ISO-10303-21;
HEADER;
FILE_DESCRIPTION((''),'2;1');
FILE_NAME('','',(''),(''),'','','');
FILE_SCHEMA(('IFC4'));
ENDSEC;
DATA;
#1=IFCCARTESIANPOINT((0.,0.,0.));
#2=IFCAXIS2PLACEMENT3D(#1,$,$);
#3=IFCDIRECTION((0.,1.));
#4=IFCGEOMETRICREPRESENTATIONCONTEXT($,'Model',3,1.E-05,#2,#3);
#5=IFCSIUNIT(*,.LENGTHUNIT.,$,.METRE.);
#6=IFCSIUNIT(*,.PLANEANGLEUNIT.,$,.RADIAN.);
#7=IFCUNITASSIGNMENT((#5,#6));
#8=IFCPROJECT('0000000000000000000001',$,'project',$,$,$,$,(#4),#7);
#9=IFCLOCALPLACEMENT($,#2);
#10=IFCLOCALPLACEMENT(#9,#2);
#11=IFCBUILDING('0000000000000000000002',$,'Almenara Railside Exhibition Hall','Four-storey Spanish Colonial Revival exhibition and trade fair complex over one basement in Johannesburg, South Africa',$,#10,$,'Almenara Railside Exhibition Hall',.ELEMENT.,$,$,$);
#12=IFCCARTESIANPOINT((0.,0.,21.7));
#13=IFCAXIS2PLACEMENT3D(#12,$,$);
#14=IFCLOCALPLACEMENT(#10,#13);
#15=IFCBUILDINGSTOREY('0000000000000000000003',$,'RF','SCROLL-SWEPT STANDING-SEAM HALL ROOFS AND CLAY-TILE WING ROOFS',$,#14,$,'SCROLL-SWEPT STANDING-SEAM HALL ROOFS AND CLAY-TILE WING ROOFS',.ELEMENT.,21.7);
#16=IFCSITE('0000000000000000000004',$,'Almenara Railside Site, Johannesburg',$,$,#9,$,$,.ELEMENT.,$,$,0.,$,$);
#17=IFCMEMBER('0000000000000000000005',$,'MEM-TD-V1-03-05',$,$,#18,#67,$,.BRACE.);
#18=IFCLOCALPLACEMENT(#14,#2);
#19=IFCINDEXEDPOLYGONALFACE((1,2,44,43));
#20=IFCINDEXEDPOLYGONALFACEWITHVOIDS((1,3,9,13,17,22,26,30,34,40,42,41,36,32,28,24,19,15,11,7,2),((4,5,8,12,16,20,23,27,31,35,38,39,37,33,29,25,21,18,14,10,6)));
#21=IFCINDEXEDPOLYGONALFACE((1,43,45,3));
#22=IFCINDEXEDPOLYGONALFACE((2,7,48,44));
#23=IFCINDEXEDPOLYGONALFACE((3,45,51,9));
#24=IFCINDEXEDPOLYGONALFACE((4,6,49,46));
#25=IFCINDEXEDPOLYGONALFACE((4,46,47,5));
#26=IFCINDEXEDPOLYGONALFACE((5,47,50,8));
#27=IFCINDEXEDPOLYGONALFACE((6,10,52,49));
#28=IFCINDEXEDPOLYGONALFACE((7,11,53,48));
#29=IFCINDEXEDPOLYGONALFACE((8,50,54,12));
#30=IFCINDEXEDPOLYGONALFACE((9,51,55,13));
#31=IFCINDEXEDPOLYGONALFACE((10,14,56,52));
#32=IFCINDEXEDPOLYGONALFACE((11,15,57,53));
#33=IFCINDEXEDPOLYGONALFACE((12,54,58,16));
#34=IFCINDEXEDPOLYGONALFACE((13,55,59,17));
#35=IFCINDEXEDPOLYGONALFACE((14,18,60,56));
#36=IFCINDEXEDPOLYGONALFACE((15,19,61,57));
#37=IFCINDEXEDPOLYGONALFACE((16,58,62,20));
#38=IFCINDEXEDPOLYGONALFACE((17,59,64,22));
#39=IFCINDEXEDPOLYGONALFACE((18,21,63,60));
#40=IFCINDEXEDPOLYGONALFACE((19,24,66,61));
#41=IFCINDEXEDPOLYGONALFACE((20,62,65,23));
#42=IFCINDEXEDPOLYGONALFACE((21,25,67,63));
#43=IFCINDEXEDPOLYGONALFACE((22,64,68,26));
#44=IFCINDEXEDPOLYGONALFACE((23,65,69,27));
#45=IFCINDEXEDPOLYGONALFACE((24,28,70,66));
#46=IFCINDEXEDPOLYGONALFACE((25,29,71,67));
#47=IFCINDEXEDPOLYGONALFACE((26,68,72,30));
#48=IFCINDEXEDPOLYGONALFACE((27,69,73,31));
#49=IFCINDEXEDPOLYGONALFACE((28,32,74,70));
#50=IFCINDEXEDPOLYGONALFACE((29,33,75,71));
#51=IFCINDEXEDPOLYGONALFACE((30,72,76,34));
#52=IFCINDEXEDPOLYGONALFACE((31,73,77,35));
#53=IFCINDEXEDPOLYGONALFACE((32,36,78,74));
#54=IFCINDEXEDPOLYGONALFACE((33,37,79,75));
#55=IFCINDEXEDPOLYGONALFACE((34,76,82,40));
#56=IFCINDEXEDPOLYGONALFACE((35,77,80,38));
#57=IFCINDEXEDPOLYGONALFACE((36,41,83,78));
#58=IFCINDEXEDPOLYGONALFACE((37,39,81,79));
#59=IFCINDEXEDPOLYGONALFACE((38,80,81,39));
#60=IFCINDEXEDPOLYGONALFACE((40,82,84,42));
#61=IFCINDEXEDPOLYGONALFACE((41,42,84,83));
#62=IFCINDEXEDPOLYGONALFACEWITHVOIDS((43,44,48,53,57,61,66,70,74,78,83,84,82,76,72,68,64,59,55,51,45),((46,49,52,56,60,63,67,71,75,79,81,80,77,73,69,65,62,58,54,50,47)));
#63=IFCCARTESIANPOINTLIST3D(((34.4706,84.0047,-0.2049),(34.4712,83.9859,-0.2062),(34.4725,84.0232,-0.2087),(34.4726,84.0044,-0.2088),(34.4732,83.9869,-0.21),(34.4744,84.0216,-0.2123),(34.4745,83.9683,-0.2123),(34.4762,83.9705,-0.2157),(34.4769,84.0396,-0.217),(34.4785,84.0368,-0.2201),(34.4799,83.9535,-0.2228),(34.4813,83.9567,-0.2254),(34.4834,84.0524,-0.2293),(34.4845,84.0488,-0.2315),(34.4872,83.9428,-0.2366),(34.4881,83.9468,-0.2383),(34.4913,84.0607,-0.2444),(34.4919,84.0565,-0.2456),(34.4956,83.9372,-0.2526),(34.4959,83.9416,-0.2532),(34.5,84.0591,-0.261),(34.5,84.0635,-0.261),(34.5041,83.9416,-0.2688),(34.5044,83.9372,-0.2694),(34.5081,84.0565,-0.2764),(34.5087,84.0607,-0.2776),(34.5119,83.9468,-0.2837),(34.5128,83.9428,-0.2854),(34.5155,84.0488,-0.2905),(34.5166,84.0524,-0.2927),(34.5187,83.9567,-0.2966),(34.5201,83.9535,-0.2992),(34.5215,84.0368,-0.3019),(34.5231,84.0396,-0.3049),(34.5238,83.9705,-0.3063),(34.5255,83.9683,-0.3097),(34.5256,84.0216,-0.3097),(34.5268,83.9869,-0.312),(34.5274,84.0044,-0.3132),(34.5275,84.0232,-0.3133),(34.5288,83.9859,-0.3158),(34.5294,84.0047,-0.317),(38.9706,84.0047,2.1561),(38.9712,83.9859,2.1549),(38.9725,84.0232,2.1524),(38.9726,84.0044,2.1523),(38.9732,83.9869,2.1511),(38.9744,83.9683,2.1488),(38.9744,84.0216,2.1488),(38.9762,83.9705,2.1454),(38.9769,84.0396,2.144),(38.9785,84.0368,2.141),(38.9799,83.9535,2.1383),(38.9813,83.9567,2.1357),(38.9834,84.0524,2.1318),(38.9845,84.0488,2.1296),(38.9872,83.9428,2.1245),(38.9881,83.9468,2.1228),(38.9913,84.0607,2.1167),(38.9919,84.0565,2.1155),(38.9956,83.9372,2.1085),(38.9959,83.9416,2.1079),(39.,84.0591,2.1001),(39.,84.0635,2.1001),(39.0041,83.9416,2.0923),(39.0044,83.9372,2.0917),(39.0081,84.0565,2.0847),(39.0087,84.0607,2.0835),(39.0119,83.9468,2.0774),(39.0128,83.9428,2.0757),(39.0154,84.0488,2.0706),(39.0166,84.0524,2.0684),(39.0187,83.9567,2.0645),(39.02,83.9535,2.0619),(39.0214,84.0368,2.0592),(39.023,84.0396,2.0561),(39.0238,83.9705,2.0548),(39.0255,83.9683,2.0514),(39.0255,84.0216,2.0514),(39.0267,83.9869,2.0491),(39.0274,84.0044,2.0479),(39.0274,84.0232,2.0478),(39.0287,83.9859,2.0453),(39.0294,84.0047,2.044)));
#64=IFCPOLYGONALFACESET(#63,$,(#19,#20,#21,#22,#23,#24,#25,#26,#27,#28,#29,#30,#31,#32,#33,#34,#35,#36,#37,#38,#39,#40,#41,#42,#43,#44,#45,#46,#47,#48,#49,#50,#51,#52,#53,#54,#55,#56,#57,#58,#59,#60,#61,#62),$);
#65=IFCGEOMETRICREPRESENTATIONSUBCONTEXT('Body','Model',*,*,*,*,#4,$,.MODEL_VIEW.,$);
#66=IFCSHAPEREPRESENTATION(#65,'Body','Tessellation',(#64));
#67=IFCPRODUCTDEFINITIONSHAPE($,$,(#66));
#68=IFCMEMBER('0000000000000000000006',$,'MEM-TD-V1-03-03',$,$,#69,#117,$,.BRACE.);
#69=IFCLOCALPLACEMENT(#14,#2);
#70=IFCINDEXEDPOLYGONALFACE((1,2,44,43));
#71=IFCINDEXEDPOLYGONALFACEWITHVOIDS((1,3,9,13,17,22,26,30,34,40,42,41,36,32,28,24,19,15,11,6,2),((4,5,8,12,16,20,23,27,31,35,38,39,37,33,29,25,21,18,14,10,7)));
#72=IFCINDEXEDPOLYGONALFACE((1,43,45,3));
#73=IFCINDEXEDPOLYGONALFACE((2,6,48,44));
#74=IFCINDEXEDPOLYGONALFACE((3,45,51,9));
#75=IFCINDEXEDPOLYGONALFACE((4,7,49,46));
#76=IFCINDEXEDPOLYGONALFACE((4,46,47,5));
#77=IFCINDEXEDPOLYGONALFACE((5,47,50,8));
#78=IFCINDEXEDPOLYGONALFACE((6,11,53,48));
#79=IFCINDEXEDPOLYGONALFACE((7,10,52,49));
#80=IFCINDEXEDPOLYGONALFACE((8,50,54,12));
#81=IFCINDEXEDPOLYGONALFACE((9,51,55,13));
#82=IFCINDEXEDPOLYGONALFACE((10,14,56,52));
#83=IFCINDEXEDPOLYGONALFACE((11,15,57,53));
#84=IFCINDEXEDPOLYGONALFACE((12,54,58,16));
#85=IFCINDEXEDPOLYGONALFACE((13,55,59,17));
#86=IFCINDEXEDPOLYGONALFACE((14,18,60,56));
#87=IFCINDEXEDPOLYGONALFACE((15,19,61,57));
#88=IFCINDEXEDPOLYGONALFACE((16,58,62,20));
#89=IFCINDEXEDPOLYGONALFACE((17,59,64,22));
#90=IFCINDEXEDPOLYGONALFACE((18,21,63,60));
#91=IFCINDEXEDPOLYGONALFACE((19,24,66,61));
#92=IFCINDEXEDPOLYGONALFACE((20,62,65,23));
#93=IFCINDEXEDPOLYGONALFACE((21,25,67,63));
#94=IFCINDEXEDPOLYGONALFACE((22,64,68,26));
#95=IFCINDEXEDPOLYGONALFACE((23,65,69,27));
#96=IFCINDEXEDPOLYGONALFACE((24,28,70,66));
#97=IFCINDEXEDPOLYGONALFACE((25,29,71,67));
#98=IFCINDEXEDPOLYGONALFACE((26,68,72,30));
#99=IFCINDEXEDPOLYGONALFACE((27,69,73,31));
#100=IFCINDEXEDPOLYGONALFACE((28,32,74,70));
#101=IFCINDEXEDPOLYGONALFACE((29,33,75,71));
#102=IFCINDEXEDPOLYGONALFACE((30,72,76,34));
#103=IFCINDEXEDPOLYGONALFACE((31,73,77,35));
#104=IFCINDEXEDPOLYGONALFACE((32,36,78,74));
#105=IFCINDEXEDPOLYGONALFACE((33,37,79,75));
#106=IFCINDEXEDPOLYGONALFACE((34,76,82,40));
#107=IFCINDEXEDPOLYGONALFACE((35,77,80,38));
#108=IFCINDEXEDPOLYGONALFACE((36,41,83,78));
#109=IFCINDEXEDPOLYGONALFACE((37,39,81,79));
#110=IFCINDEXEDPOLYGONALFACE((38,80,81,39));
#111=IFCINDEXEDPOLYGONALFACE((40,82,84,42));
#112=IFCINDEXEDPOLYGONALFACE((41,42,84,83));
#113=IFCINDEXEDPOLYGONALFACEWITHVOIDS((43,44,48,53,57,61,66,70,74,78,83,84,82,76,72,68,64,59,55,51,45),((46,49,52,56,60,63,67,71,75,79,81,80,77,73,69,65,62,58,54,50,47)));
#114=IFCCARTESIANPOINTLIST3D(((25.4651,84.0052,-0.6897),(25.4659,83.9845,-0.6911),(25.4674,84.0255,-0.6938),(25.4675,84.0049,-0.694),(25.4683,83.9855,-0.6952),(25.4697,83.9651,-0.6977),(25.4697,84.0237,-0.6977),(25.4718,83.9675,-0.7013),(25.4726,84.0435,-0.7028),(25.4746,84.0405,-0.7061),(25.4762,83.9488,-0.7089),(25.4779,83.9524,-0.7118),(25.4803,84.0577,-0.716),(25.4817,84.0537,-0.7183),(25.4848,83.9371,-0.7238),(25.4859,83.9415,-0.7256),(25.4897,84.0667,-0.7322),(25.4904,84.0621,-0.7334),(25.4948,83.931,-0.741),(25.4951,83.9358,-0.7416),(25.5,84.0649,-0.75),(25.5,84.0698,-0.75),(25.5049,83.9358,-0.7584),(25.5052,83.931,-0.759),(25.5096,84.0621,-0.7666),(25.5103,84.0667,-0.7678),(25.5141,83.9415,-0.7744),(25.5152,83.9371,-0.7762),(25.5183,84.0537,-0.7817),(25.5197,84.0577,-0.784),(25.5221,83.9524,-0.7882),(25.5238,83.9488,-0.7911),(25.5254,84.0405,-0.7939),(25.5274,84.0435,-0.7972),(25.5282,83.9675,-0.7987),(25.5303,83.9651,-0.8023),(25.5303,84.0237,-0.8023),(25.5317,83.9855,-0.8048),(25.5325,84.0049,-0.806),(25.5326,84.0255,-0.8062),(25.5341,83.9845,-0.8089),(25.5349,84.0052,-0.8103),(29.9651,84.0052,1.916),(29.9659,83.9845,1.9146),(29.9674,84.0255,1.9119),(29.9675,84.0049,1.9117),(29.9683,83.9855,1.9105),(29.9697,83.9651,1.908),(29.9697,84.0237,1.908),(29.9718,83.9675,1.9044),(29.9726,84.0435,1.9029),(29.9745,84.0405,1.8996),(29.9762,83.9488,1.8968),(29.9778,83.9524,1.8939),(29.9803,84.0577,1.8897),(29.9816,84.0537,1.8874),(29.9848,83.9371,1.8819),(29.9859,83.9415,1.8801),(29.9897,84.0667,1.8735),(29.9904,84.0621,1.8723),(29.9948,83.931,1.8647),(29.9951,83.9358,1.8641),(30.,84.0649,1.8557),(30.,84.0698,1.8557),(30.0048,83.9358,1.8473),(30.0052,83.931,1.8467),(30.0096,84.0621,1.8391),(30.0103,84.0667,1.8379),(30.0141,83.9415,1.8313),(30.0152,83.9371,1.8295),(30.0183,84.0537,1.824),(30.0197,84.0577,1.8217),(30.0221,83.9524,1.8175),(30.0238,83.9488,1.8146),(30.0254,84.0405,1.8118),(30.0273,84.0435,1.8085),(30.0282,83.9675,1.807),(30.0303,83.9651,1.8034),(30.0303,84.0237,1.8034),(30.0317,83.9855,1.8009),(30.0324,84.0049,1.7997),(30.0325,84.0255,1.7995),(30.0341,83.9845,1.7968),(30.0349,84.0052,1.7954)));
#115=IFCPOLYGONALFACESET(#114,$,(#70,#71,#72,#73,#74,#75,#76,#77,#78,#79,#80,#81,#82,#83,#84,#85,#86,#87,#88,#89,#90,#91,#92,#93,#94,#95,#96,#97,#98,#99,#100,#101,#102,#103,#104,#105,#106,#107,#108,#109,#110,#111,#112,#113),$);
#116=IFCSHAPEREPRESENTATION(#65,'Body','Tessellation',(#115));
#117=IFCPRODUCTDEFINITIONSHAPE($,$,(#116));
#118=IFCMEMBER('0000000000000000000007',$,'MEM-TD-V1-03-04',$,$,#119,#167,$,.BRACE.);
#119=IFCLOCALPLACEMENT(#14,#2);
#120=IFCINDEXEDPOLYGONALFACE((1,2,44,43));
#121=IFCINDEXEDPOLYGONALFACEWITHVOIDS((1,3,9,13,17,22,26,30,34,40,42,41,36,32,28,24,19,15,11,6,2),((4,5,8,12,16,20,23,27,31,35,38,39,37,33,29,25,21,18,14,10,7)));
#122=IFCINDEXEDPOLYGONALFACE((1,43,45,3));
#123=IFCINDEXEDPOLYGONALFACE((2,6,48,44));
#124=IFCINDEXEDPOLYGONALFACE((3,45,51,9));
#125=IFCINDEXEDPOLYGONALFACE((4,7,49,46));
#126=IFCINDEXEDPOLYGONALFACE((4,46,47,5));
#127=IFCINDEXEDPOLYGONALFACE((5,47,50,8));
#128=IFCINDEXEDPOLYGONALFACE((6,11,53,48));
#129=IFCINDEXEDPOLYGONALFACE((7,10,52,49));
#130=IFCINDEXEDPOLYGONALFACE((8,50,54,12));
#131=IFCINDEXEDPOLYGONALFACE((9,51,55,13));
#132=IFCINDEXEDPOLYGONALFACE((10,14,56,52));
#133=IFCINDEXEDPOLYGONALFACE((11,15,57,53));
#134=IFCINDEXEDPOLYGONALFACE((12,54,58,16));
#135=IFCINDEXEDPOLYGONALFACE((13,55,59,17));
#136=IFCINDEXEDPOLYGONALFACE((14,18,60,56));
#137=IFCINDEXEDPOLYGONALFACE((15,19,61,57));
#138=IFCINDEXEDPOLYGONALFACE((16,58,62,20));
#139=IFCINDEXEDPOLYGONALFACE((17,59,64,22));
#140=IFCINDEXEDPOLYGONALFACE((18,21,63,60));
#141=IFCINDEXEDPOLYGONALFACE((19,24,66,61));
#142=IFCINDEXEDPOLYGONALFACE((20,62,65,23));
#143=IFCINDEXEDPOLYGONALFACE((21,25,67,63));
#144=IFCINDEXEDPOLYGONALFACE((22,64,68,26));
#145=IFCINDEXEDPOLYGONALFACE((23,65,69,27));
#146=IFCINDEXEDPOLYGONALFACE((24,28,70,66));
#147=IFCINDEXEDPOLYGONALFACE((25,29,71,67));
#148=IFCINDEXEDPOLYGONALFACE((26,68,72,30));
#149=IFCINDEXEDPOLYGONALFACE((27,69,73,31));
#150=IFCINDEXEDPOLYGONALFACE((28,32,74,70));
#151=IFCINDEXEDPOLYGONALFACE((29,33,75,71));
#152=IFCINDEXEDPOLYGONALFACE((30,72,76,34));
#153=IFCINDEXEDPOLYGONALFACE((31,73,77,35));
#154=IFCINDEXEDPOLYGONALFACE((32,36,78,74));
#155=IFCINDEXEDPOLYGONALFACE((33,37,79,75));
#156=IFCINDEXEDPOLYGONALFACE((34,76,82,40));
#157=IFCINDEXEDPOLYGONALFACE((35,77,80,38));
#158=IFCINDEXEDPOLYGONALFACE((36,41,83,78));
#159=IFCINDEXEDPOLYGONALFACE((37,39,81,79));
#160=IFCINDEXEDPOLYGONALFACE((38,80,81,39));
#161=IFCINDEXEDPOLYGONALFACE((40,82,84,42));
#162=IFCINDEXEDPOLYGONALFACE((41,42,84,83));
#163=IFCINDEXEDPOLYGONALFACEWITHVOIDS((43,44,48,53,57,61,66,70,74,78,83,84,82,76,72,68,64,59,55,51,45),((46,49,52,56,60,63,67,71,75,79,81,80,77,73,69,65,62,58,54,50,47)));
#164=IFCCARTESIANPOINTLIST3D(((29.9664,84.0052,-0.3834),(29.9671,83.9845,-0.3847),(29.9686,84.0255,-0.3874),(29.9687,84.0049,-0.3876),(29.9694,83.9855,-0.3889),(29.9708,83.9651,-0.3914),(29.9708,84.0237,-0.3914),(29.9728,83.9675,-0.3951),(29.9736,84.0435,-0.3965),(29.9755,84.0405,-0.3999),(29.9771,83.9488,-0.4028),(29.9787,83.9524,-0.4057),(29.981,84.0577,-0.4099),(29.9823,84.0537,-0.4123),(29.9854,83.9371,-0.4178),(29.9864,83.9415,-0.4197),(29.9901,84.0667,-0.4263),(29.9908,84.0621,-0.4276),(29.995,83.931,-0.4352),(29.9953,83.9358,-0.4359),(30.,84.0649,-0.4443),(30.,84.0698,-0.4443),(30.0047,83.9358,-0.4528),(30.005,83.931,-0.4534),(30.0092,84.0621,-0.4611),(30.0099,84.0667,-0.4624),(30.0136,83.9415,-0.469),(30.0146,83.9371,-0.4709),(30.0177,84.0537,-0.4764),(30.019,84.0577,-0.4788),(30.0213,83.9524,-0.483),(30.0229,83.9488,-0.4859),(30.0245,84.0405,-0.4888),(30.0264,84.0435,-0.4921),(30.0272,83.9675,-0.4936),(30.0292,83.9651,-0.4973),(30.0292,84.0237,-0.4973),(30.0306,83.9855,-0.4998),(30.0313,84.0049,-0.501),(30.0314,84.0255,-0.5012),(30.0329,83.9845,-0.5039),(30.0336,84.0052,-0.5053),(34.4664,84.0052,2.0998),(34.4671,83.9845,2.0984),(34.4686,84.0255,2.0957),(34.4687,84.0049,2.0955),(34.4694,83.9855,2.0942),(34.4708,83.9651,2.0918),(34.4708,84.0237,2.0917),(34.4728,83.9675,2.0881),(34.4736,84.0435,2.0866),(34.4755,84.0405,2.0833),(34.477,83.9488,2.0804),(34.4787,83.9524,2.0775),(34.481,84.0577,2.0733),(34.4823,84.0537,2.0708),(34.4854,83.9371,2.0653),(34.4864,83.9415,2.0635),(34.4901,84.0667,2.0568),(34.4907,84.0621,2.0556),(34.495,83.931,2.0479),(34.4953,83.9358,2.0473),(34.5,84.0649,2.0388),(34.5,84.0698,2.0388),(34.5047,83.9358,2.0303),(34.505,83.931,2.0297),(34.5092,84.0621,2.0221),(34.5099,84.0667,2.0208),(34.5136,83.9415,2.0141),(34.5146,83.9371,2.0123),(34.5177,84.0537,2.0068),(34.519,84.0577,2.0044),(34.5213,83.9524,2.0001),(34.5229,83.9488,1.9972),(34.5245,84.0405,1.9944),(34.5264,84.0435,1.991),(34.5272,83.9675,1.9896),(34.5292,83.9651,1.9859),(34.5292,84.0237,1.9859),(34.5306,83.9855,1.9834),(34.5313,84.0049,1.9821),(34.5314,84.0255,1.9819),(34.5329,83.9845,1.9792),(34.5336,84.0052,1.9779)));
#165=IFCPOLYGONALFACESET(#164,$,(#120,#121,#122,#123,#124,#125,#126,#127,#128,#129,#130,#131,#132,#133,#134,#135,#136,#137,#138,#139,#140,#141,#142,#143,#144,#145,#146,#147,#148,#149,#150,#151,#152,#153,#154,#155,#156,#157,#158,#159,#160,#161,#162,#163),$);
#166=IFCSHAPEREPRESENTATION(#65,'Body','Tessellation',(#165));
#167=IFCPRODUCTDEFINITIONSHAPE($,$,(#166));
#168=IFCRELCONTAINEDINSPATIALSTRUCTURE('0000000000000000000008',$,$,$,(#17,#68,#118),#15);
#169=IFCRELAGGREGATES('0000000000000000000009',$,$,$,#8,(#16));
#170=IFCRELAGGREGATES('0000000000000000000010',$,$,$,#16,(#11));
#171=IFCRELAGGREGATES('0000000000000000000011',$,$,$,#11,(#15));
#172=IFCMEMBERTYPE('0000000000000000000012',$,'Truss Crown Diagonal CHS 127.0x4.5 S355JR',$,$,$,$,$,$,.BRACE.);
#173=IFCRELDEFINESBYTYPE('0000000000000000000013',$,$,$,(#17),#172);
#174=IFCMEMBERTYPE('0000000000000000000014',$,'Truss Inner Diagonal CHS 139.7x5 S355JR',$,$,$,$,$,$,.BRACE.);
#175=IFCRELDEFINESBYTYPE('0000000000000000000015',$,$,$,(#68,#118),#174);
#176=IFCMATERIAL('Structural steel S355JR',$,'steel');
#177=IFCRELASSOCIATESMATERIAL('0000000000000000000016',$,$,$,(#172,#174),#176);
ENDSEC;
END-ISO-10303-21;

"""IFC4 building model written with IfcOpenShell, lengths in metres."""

from ifc_helpers import new_model, si_unit, direction, frame, origin, origin_2d, place, context, subcontext, project, spatial, hollow_circle, extrude, material, material_profile, profile_set, type_object, element, save


model = new_model("IFC4")

# Units and contexts
model_context = context("Model", 3, precision=1e-05, world=origin(), true_north=direction((0.0, 1.0)))
body_context = subcontext(model_context, "Body", "Model", "MODEL_VIEW")
ifc_project = project(units=[si_unit("LENGTHUNIT", "METRE"), si_unit("PLANEANGLEUNIT", "RADIAN")], contexts=[model_context])

# Site, building, storey
site_placement = place(None, origin())
site = spatial("IfcSite", under=ifc_project, at=site_placement, Name="Almenara Railside Site, Johannesburg", CompositionType="ELEMENT", RefElevation=0.0)
building_placement = place(site_placement, origin())
building = spatial("IfcBuilding", under=site, at=building_placement, Name="Almenara Railside Exhibition Hall", Description="Four-storey Spanish Colonial Revival exhibition and trade fair complex over one basement in Johannesburg, South Africa", LongName="Almenara Railside Exhibition Hall", CompositionType="ELEMENT")
storey_placement = place(building_placement, frame((0.0, 0.0, 21.7)))
storey = spatial("IfcBuildingStorey", under=building, at=storey_placement, Name="RF", Description="SCROLL-SWEPT STANDING-SEAM HALL ROOFS AND CLAY-TILE WING ROOFS", LongName="SCROLL-SWEPT STANDING-SEAM HALL ROOFS AND CLAY-TILE WING ROOFS", CompositionType="ELEMENT", Elevation=21.7)

# Members
ifc_material_1 = material(Name="Structural steel S355JR", Category="steel")
ifc_material_profile_1 = material_profile(ifc_material_1, hollow_circle(Radius=0.0635, WallThickness=0.0044, at=origin_2d()), Name="CHS 127.0x4.5")
ifc_profile_set_1 = profile_set([ifc_material_profile_1], Name="Structural steel S355JR")
member_type_1 = type_object("IfcMemberType", Name="Truss Crown Diagonal CHS 127.0x4.5 S355JR", PredefinedType="BRACE", material=ifc_profile_set_1)
member_1_placement = place(storey_placement, frame((34.5, 84.0, -0.261), z_axis=(0.885513, 0.0, 0.464615), x_axis=(0.0, 1.0, 0.0)))
element("IfcMember", 1, at=member_1_placement, inside=storey, type_object=member_type_1, Name="MEM-TD-V1-03-05", PredefinedType="BRACE", context=body_context, shape_type="SweptSolid", body=[
    extrude(hollow_circle(Radius=0.0635, WallThickness=0.0044, at=origin_2d()), origin(), (0.0, 0.0, 1.0), 5.0818),
])
ifc_material_profile_2 = material_profile(ifc_material_1, hollow_circle(Radius=0.0698, WallThickness=0.0049, at=origin_2d()), Name="CHS 139.7x5")
ifc_profile_set_2 = profile_set([ifc_material_profile_2], Name="Structural steel S355JR")
member_type_2 = type_object("IfcMemberType", Name="Truss Inner Diagonal CHS 139.7x5 S355JR", PredefinedType="BRACE", material=ifc_profile_set_2)
member_2_placement = place(storey_placement, frame((25.5, 84.0, -0.75), z_axis=(0.865389, 0.0, 0.501101), x_axis=(0.0, 1.0, 0.0)))
element("IfcMember", 2, at=member_2_placement, inside=storey, type_object=member_type_2, Name="MEM-TD-V1-03-03", PredefinedType="BRACE", context=body_context, shape_type="SweptSolid", body=[
    extrude(hollow_circle(Radius=0.0698, WallThickness=0.0049, at=origin_2d()), origin(), (0.0, 0.0, 1.0), 5.2),
])
member_3_placement = place(storey_placement, frame((30.0, 84.0, -0.4443), z_axis=(0.875545, 0.0, 0.483136), x_axis=(0.0, 1.0, 0.0)))
element("IfcMember", 3, at=member_3_placement, inside=storey, type_object=member_type_2, Name="MEM-TD-V1-03-04", PredefinedType="BRACE", context=body_context, shape_type="SweptSolid", body=[
    extrude(hollow_circle(Radius=0.0698, WallThickness=0.0049, at=origin_2d()), origin(), (0.0, 0.0, 1.0), 5.1396),
])

save(model, "model.ifc")
